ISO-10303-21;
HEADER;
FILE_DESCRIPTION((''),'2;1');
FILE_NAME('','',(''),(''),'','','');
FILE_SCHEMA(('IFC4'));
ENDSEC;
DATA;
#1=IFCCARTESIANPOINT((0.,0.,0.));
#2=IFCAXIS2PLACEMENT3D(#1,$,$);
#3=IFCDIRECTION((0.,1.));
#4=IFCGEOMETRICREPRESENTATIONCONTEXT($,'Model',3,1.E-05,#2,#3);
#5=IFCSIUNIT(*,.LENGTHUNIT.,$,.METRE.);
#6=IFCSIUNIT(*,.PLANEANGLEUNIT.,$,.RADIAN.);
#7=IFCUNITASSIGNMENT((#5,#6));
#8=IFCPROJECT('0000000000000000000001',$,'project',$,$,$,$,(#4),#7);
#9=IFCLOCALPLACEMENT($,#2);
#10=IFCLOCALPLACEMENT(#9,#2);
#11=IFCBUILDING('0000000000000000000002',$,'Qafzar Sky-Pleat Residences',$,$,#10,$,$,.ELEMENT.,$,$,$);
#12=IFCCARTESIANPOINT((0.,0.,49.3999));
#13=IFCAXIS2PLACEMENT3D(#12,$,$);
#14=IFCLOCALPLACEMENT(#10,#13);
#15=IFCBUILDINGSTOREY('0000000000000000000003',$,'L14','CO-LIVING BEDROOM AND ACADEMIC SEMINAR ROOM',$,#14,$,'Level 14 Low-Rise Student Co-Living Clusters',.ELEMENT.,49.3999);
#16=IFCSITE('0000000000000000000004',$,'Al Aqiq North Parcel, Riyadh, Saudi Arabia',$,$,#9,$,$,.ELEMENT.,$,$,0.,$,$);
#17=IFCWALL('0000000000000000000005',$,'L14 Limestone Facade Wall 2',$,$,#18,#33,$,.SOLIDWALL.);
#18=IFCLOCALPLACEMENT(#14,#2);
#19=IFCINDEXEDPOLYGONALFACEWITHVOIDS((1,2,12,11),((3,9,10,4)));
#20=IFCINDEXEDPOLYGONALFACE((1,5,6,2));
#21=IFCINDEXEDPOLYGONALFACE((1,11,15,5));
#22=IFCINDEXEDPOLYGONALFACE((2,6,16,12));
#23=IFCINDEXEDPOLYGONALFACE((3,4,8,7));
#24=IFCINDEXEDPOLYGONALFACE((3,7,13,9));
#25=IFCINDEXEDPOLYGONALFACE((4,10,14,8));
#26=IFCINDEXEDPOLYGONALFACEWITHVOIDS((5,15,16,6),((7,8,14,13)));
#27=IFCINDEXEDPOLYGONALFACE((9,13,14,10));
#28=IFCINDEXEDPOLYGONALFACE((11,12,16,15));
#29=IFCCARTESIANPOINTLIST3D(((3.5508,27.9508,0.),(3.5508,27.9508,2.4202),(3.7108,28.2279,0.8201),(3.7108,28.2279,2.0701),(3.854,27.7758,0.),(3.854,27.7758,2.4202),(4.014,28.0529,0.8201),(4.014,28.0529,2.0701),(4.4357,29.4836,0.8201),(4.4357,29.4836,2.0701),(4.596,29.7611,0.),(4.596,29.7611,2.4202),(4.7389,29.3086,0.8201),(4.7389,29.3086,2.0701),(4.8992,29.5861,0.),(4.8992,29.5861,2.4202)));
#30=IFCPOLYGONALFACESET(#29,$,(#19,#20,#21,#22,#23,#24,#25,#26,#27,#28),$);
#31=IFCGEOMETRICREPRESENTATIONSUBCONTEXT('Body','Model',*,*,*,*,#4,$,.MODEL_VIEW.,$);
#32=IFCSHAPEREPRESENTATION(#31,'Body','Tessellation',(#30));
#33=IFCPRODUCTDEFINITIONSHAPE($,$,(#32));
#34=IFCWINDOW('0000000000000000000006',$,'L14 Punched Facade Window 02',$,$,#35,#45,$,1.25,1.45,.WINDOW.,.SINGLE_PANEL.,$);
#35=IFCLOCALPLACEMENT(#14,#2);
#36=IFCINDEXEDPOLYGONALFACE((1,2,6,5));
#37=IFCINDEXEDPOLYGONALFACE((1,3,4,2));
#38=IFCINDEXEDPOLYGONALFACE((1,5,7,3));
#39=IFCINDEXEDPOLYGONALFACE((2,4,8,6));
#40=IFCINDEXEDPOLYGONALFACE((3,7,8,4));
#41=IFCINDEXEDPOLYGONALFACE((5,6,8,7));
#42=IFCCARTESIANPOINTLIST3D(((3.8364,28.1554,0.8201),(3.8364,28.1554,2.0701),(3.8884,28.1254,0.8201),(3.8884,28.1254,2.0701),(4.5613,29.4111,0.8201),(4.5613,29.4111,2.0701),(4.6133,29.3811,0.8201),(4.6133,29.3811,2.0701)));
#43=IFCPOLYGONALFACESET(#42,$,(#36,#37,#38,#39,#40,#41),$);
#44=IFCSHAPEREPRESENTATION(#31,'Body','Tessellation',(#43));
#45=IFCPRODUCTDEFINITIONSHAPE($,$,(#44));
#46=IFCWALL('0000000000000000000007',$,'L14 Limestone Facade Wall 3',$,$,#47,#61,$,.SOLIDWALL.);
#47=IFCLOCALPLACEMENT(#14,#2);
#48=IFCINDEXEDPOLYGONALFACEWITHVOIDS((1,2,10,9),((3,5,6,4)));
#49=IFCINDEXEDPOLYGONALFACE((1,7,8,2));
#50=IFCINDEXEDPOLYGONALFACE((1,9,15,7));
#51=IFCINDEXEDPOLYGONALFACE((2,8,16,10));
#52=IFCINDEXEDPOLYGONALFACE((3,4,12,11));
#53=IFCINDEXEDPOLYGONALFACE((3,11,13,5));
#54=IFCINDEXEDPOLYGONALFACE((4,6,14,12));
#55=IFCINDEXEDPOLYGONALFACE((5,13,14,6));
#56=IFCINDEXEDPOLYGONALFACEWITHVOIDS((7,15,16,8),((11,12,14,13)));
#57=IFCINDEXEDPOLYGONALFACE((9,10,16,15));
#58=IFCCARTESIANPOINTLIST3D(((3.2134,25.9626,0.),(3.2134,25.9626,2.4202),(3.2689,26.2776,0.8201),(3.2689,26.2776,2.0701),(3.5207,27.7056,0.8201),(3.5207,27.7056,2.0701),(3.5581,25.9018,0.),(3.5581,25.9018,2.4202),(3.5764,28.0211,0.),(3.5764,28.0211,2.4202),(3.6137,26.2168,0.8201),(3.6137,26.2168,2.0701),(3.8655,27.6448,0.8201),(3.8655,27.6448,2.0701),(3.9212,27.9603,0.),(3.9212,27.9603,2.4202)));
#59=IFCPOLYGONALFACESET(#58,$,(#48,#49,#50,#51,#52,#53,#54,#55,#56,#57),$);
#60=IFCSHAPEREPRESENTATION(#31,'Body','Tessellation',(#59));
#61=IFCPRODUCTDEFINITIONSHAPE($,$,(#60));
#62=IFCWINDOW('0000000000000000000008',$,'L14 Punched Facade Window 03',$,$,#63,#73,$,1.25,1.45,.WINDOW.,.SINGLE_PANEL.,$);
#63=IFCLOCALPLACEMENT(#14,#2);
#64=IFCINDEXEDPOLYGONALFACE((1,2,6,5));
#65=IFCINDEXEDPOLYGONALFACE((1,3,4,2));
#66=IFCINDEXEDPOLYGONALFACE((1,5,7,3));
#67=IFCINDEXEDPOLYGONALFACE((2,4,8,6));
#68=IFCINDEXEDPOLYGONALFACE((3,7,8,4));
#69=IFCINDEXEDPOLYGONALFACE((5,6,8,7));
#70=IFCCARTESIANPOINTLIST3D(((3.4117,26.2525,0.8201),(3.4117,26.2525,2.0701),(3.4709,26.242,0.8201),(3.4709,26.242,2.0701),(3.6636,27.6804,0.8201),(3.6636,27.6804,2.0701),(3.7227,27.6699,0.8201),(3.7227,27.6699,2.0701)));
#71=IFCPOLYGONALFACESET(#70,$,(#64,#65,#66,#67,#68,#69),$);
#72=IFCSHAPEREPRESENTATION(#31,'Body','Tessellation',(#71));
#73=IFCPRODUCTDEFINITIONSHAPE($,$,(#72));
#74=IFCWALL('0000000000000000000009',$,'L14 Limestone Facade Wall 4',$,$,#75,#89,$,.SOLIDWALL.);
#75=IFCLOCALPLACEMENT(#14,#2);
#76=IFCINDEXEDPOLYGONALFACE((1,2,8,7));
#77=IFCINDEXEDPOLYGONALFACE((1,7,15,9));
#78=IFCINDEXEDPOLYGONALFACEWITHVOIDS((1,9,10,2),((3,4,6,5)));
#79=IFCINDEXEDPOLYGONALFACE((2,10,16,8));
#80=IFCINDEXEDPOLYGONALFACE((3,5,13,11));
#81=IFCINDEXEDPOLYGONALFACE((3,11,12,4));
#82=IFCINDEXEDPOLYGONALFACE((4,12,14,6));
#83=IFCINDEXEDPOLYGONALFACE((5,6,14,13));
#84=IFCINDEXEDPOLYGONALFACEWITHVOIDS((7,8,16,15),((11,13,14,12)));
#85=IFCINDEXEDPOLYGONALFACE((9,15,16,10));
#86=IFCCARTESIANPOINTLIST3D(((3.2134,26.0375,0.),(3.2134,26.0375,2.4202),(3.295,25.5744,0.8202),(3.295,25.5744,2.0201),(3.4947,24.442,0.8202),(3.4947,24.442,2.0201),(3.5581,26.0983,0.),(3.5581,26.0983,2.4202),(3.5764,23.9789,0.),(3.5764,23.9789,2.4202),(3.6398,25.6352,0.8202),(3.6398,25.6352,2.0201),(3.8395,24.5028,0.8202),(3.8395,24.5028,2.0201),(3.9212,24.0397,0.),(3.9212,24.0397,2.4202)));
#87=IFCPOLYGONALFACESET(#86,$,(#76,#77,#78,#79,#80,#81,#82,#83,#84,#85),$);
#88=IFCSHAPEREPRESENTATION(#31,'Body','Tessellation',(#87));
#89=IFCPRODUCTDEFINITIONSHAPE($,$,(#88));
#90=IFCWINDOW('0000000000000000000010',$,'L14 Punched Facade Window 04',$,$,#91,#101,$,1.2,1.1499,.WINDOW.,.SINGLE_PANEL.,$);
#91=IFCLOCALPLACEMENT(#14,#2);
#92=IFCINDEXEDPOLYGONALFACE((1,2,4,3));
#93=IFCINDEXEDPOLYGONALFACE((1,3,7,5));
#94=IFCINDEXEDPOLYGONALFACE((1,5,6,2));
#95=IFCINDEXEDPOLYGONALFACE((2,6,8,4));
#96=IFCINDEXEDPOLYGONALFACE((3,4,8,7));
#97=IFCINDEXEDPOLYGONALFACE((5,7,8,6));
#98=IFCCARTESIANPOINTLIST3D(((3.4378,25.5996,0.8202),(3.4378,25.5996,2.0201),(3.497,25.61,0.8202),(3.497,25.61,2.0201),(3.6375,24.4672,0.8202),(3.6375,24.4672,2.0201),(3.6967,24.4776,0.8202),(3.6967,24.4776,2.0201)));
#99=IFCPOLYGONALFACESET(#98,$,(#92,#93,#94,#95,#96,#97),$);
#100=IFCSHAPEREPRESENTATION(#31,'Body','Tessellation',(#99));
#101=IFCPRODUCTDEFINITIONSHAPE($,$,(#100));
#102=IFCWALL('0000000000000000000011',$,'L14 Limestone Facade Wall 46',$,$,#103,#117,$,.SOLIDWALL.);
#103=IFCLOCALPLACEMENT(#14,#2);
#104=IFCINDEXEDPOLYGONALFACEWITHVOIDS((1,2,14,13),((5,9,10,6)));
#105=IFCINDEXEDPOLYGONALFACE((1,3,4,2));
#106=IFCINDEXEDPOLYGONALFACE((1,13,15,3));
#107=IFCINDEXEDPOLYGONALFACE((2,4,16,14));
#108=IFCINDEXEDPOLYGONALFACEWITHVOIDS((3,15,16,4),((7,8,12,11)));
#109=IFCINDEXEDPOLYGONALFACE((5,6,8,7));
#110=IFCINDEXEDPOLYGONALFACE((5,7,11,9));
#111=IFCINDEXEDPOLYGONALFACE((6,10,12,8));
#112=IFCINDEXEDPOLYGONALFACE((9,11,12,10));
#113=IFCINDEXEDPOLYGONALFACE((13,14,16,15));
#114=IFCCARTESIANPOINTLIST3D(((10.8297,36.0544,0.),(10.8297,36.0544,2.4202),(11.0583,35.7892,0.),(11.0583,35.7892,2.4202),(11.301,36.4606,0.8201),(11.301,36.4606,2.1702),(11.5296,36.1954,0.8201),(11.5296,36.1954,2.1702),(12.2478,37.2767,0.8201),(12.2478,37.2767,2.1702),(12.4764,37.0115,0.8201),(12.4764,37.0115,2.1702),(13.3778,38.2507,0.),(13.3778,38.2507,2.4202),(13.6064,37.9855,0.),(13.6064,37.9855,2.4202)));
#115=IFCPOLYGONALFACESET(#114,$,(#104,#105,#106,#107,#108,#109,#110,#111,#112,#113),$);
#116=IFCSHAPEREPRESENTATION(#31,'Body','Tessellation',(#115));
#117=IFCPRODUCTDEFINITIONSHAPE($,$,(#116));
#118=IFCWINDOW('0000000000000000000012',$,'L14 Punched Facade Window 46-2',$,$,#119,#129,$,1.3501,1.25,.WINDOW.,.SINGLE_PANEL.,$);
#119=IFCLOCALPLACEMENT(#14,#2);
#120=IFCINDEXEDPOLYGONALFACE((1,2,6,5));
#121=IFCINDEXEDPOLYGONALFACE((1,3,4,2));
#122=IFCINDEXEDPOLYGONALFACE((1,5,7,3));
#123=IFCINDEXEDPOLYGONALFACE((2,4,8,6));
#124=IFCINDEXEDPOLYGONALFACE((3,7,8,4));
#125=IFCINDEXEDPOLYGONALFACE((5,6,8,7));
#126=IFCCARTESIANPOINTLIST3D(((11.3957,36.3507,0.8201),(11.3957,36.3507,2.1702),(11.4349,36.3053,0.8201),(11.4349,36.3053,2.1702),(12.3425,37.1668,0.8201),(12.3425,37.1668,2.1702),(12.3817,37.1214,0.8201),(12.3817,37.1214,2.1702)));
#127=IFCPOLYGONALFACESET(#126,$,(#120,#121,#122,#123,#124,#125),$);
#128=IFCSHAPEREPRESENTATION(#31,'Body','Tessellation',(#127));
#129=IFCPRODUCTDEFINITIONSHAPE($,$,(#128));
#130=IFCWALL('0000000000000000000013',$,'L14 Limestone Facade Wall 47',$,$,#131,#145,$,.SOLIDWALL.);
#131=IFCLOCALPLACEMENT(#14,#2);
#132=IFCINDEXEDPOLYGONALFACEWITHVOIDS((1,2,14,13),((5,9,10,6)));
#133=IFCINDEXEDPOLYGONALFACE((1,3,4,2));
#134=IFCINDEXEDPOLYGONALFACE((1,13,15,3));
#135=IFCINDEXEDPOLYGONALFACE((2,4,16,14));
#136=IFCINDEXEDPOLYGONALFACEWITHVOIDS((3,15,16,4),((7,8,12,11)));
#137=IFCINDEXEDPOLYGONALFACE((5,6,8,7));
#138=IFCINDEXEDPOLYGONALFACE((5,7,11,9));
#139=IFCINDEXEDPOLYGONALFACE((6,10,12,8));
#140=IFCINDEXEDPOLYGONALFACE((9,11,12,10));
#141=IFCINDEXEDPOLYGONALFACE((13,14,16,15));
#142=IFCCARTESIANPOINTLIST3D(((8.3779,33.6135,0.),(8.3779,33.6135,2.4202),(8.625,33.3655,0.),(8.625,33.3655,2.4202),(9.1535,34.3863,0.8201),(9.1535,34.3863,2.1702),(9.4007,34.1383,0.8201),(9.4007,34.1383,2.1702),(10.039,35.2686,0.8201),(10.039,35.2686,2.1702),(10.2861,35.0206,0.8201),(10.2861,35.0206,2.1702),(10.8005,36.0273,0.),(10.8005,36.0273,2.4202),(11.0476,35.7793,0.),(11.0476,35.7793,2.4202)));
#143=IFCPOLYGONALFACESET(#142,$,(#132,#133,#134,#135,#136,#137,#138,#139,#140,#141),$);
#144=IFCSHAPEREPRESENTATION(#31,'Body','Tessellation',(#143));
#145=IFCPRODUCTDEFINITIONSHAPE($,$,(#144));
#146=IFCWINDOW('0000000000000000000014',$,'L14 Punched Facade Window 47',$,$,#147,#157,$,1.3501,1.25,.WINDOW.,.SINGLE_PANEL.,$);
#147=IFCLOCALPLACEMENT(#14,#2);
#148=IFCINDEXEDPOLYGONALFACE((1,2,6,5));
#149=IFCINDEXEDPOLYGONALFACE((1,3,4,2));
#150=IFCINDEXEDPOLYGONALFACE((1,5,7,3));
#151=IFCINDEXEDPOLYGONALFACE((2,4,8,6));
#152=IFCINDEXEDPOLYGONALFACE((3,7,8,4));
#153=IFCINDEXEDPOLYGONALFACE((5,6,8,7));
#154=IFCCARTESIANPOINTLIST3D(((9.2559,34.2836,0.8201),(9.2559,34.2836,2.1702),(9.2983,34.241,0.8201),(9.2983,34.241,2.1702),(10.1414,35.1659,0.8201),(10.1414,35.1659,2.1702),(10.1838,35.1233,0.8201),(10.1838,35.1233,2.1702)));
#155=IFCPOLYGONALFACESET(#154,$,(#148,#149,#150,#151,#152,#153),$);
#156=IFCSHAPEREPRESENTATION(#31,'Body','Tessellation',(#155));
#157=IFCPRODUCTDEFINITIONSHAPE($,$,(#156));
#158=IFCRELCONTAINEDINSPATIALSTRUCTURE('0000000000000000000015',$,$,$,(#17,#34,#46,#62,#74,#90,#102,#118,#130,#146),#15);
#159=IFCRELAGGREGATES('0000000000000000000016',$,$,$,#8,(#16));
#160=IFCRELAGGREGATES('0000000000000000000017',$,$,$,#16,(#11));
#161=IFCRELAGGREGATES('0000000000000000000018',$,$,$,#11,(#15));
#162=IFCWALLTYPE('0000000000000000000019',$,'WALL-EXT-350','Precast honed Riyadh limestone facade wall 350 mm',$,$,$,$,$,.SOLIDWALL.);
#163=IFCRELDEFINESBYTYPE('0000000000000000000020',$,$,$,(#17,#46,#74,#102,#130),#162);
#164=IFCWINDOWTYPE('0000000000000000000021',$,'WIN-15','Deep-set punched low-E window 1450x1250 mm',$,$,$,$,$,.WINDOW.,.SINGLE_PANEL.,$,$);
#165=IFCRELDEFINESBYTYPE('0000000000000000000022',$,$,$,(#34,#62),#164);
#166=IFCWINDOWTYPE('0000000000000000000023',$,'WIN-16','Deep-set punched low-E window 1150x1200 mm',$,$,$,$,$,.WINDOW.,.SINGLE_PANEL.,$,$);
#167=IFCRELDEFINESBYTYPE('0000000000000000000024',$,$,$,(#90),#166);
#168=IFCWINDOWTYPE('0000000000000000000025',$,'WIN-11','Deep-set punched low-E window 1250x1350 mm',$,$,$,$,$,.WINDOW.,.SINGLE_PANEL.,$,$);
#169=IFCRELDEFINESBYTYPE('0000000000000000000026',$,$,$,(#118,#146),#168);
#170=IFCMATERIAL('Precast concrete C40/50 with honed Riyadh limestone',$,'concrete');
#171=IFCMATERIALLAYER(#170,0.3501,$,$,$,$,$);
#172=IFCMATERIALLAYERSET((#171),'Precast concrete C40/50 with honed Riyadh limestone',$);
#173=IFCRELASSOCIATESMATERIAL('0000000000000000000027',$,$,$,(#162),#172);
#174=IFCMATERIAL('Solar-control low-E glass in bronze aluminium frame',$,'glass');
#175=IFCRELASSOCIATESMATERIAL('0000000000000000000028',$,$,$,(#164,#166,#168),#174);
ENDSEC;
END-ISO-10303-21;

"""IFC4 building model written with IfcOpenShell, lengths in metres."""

from ifc_helpers import new_model, si_unit, direction, frame, frame_2d, origin, place, context, subcontext, project, spatial, rectangle, extrude, source, transform, mapped, material, layer, layer_set, type_object, element, fill, save


model = new_model("IFC4")

# Units and contexts
model_context = context("Model", 3, precision=1e-05, world=origin(), true_north=direction((0.0, 1.0)))
body_context = subcontext(model_context, "Body", "Model", "MODEL_VIEW")
ifc_project = project(units=[si_unit("LENGTHUNIT", "METRE"), si_unit("PLANEANGLEUNIT", "RADIAN")], contexts=[model_context])

# Site, building, storey
site_placement = place(None, origin())
site = spatial("IfcSite", under=ifc_project, at=site_placement, Name="Al Aqiq North Parcel, Riyadh, Saudi Arabia", CompositionType="ELEMENT", RefElevation=0.0)
building_placement = place(site_placement, origin())
building = spatial("IfcBuilding", under=site, at=building_placement, Name="Qafzar Sky-Pleat Residences", CompositionType="ELEMENT")
storey_placement = place(building_placement, frame((0.0, 0.0, 49.3999)))
storey = spatial("IfcBuildingStorey", under=building, at=storey_placement, Name="L14", Description="CO-LIVING BEDROOM AND ACADEMIC SEMINAR ROOM", LongName="Level 14 Low-Rise Student Co-Living Clusters", CompositionType="ELEMENT", Elevation=49.3999)

# Walls, openings, windows
ifc_material_1 = material(Name="Precast concrete C40/50 with honed Riyadh limestone", Category="concrete")
ifc_layer_1 = layer(ifc_material_1, 0.3501)
ifc_layer_set_1 = layer_set([ifc_layer_1], Name="Precast concrete C40/50 with honed Riyadh limestone")
wall_type_1 = type_object("IfcWallType", Name="WALL-EXT-350", Description="Precast honed Riyadh limestone facade wall 350 mm", PredefinedType="SOLIDWALL", material=ifc_layer_set_1)
ifc_material_2 = material(Name="Solar-control low-E glass in bronze aluminium frame", Category="glass")
wall_1_placement = place(storey_placement, frame((4.7476, 29.6736, 0.0), z_axis=(0.0, 0.0, 1.0), x_axis=(-0.499995, -0.866028, 0.0)))
wall_1 = element("IfcWall", 1, at=wall_1_placement, inside=storey, type_object=wall_type_1, Name="L14 Limestone Facade Wall 2", PredefinedType="SOLIDWALL", context=body_context, shape_type="SweptSolid", body=[
    extrude(rectangle(XDim=2.0903, YDim=0.3501, at=frame_2d((1.0452, 0.0))), origin(), (0.0, 0.0, 1.0), 2.4202),
])
opening_1_placement = place(wall_1_placement, frame((0.3203, 0.0, 0.8201)))
opening_1 = element("IfcOpeningElement", 2, at=opening_1_placement, cuts=wall_1, PredefinedType="OPENING", context=body_context, shape_type="SweptSolid", body=[
    extrude(rectangle(XDim=1.45, YDim=1.25, at=frame_2d((0.7251, 0.625))), frame((0.0, 0.1851, 0.0), z_axis=(0.0, -1.0, 0.0), x_axis=(1.0, 0.0, 0.0)), (0.0, 0.0, 1.0), 0.3701),
])
window_type_1 = type_object("IfcWindowType", Name="WIN-15", Description="Deep-set punched low-E window 1450x1250 mm", PartitioningType="SINGLE_PANEL", PredefinedType="WINDOW", material=ifc_material_2)
shared_shape_1 = source(origin(), body_context, "Body", "SweptSolid", [
    extrude(rectangle(XDim=1.45, YDim=1.25, at=frame_2d((0.7251, 0.625))), frame((0.0, 0.03, 0.0), z_axis=(0.0, -1.0, 0.0), x_axis=(1.0, 0.0, 0.0)), (0.0, 0.0, 1.0), 0.0601),
])
window_1_placement = place(opening_1_placement, origin())
window_1 = element("IfcWindow", 3, at=window_1_placement, inside=storey, type_object=window_type_1, Name="L14 Punched Facade Window 02", OverallHeight=1.25, OverallWidth=1.45, PartitioningType="SINGLE_PANEL", PredefinedType="WINDOW", context=body_context, shape_type="MappedRepresentation", body=[
    mapped(shared_shape_1, transform((0.0, 0.0, 0.0), x_axis=(1.0, 0.0, 0.0), y_axis=(0.0, 1.0, 0.0), z_axis=(0.0, 0.0, 1.0), scale=1.0)),
])
fill(opening_1, window_1)
wall_2_placement = place(storey_placement, frame((3.7488, 27.9907, 0.0), z_axis=(0.0, 0.0, 1.0), x_axis=(-0.173672, -0.984804, 0.0)))
wall_2 = element("IfcWall", 4, at=wall_2_placement, inside=storey, type_object=wall_type_1, Name="L14 Limestone Facade Wall 3", PredefinedType="SOLIDWALL", context=body_context, shape_type="SweptSolid", body=[
    extrude(rectangle(XDim=2.0903, YDim=0.3501, at=frame_2d((1.0452, 0.0))), origin(), (0.0, 0.0, 1.0), 2.4202),
])
opening_2_placement = place(wall_2_placement, frame((0.3203, 0.0, 0.8201)))
opening_2 = element("IfcOpeningElement", 5, at=opening_2_placement, cuts=wall_2, PredefinedType="OPENING", context=body_context, shape_type="SweptSolid", body=[
    extrude(rectangle(XDim=1.45, YDim=1.25, at=frame_2d((0.7251, 0.625))), frame((0.0, 0.1851, 0.0), z_axis=(0.0, -1.0, 0.0), x_axis=(1.0, 0.0, 0.0)), (0.0, 0.0, 1.0), 0.3701),
])
window_2_placement = place(opening_2_placement, origin())
window_2 = element("IfcWindow", 6, at=window_2_placement, inside=storey, type_object=window_type_1, Name="L14 Punched Facade Window 03", OverallHeight=1.25, OverallWidth=1.45, PartitioningType="SINGLE_PANEL", PredefinedType="WINDOW", context=body_context, shape_type="MappedRepresentation", body=[
    mapped(shared_shape_1, transform((0.0, 0.0, 0.0), x_axis=(1.0, 0.0, 0.0), y_axis=(0.0, 1.0, 0.0), z_axis=(0.0, 0.0, 1.0), scale=1.0)),
])
fill(opening_2, window_2)
wall_3_placement = place(storey_placement, frame((3.3857, 26.0679, 0.0), z_axis=(0.0, 0.0, 1.0), x_axis=(0.173672, -0.984804, 0.0)))
wall_3 = element("IfcWall", 7, at=wall_3_placement, inside=storey, type_object=wall_type_1, Name="L14 Limestone Facade Wall 4", PredefinedType="SOLIDWALL", context=body_context, shape_type="SweptSolid", body=[
    extrude(rectangle(XDim=2.0903, YDim=0.3501, at=frame_2d((1.0452, 0.0))), origin(), (0.0, 0.0, 1.0), 2.4202),
])
opening_3_placement = place(wall_3_placement, frame((0.4702, 0.0, 0.8201)))
opening_3 = element("IfcOpeningElement", 8, at=opening_3_placement, cuts=wall_3, PredefinedType="OPENING", context=body_context, shape_type="SweptSolid", body=[
    extrude(rectangle(XDim=1.1499, YDim=1.2, at=frame_2d((0.575, 0.6001))), frame((0.0, 0.1851, 0.0), z_axis=(0.0, -1.0, 0.0), x_axis=(1.0, 0.0, 0.0)), (0.0, 0.0, 1.0), 0.3701),
])
window_type_2 = type_object("IfcWindowType", Name="WIN-16", Description="Deep-set punched low-E window 1150x1200 mm", PartitioningType="SINGLE_PANEL", PredefinedType="WINDOW", material=ifc_material_2)
shared_shape_2 = source(origin(), body_context, "Body", "SweptSolid", [
    extrude(rectangle(XDim=1.1499, YDim=1.2, at=frame_2d((0.575, 0.6001))), frame((0.0, 0.03, 0.0), z_axis=(0.0, -1.0, 0.0), x_axis=(1.0, 0.0, 0.0)), (0.0, 0.0, 1.0), 0.0601),
])
window_3_placement = place(opening_3_placement, origin())
window_3 = element("IfcWindow", 9, at=window_3_placement, inside=storey, type_object=window_type_2, Name="L14 Punched Facade Window 04", OverallHeight=1.2, OverallWidth=1.1499, PartitioningType="SINGLE_PANEL", PredefinedType="WINDOW", context=body_context, shape_type="MappedRepresentation", body=[
    mapped(shared_shape_2, transform((0.0, 0.0, 0.0), x_axis=(1.0, 0.0, 0.0), y_axis=(0.0, 1.0, 0.0), z_axis=(0.0, 0.0, 1.0), scale=1.0)),
])
fill(opening_3, window_3)
wall_4_placement = place(storey_placement, frame((13.4922, 38.1182, 0.0), z_axis=(0.0, 0.0, 1.0), x_axis=(-0.757461, -0.652881, 0.0)))
wall_4 = element("IfcWall", 10, at=wall_4_placement, inside=storey, type_object=wall_type_1, Name="L14 Limestone Facade Wall 46", PredefinedType="SOLIDWALL", context=body_context, shape_type="SweptSolid", body=[
    extrude(rectangle(XDim=3.364, YDim=0.3501, at=frame_2d((1.6821, 0.0))), origin(), (0.0, 0.0, 1.0), 2.4202),
])
opening_4_placement = place(wall_4_placement, frame((1.4919, 0.0, 0.8201)))
opening_4 = element("IfcOpeningElement", 11, at=opening_4_placement, cuts=wall_4, PredefinedType="OPENING", context=body_context, shape_type="SweptSolid", body=[
    extrude(rectangle(XDim=1.25, YDim=1.3501, at=frame_2d((0.625, 0.675))), frame((0.0, 0.1851, 0.0), z_axis=(0.0, -1.0, 0.0), x_axis=(1.0, 0.0, 0.0)), (0.0, 0.0, 1.0), 0.3701),
])
window_type_3 = type_object("IfcWindowType", Name="WIN-11", Description="Deep-set punched low-E window 1250x1350 mm", PartitioningType="SINGLE_PANEL", PredefinedType="WINDOW", material=ifc_material_2)
shared_shape_3 = source(origin(), body_context, "Body", "SweptSolid", [
    extrude(rectangle(XDim=1.25, YDim=1.3501, at=frame_2d((0.625, 0.675))), frame((0.0, 0.03, 0.0), z_axis=(0.0, -1.0, 0.0), x_axis=(1.0, 0.0, 0.0)), (0.0, 0.0, 1.0), 0.0601),
])
window_4_placement = place(opening_4_placement, origin())
window_4 = element("IfcWindow", 12, at=window_4_placement, inside=storey, type_object=window_type_3, Name="L14 Punched Facade Window 46-2", OverallHeight=1.3501, OverallWidth=1.25, PartitioningType="SINGLE_PANEL", PredefinedType="WINDOW", context=body_context, shape_type="MappedRepresentation", body=[
    mapped(shared_shape_3, transform((0.0, 0.0, 0.0), x_axis=(1.0, 0.0, 0.0), y_axis=(0.0, 1.0, 0.0), z_axis=(0.0, 0.0, 1.0), scale=1.0)),
])
fill(opening_4, window_4)
wall_5_placement = place(storey_placement, frame((10.9241, 35.9033, 0.0), z_axis=(0.0, 0.0, 1.0), x_axis=(-0.708391, -0.705821, 0.0)))
wall_5 = element("IfcWall", 13, at=wall_5_placement, inside=storey, type_object=wall_type_1, Name="L14 Limestone Facade Wall 47", PredefinedType="SOLIDWALL", context=body_context, shape_type="SweptSolid", body=[
    extrude(rectangle(XDim=3.4199, YDim=0.3501, at=frame_2d((1.71, 0.0))), origin(), (0.0, 0.0, 1.0), 2.4202),
])
opening_5_placement = place(wall_5_placement, frame((1.075, 0.0, 0.8201)))
opening_5 = element("IfcOpeningElement", 14, at=opening_5_placement, cuts=wall_5, PredefinedType="OPENING", context=body_context, shape_type="SweptSolid", body=[
    extrude(rectangle(XDim=1.25, YDim=1.3501, at=frame_2d((0.625, 0.675))), frame((0.0, 0.1851, 0.0), z_axis=(0.0, -1.0, 0.0), x_axis=(1.0, 0.0, 0.0)), (0.0, 0.0, 1.0), 0.3701),
])
window_5_placement = place(opening_5_placement, origin())
window_5 = element("IfcWindow", 15, at=window_5_placement, inside=storey, type_object=window_type_3, Name="L14 Punched Facade Window 47", OverallHeight=1.3501, OverallWidth=1.25, PartitioningType="SINGLE_PANEL", PredefinedType="WINDOW", context=body_context, shape_type="MappedRepresentation", body=[
    mapped(shared_shape_3, transform((0.0, 0.0, 0.0), x_axis=(1.0, 0.0, 0.0), y_axis=(0.0, 1.0, 0.0), z_axis=(0.0, 0.0, 1.0), scale=1.0)),
])
fill(opening_5, window_5)

save(model, "model.ifc")
